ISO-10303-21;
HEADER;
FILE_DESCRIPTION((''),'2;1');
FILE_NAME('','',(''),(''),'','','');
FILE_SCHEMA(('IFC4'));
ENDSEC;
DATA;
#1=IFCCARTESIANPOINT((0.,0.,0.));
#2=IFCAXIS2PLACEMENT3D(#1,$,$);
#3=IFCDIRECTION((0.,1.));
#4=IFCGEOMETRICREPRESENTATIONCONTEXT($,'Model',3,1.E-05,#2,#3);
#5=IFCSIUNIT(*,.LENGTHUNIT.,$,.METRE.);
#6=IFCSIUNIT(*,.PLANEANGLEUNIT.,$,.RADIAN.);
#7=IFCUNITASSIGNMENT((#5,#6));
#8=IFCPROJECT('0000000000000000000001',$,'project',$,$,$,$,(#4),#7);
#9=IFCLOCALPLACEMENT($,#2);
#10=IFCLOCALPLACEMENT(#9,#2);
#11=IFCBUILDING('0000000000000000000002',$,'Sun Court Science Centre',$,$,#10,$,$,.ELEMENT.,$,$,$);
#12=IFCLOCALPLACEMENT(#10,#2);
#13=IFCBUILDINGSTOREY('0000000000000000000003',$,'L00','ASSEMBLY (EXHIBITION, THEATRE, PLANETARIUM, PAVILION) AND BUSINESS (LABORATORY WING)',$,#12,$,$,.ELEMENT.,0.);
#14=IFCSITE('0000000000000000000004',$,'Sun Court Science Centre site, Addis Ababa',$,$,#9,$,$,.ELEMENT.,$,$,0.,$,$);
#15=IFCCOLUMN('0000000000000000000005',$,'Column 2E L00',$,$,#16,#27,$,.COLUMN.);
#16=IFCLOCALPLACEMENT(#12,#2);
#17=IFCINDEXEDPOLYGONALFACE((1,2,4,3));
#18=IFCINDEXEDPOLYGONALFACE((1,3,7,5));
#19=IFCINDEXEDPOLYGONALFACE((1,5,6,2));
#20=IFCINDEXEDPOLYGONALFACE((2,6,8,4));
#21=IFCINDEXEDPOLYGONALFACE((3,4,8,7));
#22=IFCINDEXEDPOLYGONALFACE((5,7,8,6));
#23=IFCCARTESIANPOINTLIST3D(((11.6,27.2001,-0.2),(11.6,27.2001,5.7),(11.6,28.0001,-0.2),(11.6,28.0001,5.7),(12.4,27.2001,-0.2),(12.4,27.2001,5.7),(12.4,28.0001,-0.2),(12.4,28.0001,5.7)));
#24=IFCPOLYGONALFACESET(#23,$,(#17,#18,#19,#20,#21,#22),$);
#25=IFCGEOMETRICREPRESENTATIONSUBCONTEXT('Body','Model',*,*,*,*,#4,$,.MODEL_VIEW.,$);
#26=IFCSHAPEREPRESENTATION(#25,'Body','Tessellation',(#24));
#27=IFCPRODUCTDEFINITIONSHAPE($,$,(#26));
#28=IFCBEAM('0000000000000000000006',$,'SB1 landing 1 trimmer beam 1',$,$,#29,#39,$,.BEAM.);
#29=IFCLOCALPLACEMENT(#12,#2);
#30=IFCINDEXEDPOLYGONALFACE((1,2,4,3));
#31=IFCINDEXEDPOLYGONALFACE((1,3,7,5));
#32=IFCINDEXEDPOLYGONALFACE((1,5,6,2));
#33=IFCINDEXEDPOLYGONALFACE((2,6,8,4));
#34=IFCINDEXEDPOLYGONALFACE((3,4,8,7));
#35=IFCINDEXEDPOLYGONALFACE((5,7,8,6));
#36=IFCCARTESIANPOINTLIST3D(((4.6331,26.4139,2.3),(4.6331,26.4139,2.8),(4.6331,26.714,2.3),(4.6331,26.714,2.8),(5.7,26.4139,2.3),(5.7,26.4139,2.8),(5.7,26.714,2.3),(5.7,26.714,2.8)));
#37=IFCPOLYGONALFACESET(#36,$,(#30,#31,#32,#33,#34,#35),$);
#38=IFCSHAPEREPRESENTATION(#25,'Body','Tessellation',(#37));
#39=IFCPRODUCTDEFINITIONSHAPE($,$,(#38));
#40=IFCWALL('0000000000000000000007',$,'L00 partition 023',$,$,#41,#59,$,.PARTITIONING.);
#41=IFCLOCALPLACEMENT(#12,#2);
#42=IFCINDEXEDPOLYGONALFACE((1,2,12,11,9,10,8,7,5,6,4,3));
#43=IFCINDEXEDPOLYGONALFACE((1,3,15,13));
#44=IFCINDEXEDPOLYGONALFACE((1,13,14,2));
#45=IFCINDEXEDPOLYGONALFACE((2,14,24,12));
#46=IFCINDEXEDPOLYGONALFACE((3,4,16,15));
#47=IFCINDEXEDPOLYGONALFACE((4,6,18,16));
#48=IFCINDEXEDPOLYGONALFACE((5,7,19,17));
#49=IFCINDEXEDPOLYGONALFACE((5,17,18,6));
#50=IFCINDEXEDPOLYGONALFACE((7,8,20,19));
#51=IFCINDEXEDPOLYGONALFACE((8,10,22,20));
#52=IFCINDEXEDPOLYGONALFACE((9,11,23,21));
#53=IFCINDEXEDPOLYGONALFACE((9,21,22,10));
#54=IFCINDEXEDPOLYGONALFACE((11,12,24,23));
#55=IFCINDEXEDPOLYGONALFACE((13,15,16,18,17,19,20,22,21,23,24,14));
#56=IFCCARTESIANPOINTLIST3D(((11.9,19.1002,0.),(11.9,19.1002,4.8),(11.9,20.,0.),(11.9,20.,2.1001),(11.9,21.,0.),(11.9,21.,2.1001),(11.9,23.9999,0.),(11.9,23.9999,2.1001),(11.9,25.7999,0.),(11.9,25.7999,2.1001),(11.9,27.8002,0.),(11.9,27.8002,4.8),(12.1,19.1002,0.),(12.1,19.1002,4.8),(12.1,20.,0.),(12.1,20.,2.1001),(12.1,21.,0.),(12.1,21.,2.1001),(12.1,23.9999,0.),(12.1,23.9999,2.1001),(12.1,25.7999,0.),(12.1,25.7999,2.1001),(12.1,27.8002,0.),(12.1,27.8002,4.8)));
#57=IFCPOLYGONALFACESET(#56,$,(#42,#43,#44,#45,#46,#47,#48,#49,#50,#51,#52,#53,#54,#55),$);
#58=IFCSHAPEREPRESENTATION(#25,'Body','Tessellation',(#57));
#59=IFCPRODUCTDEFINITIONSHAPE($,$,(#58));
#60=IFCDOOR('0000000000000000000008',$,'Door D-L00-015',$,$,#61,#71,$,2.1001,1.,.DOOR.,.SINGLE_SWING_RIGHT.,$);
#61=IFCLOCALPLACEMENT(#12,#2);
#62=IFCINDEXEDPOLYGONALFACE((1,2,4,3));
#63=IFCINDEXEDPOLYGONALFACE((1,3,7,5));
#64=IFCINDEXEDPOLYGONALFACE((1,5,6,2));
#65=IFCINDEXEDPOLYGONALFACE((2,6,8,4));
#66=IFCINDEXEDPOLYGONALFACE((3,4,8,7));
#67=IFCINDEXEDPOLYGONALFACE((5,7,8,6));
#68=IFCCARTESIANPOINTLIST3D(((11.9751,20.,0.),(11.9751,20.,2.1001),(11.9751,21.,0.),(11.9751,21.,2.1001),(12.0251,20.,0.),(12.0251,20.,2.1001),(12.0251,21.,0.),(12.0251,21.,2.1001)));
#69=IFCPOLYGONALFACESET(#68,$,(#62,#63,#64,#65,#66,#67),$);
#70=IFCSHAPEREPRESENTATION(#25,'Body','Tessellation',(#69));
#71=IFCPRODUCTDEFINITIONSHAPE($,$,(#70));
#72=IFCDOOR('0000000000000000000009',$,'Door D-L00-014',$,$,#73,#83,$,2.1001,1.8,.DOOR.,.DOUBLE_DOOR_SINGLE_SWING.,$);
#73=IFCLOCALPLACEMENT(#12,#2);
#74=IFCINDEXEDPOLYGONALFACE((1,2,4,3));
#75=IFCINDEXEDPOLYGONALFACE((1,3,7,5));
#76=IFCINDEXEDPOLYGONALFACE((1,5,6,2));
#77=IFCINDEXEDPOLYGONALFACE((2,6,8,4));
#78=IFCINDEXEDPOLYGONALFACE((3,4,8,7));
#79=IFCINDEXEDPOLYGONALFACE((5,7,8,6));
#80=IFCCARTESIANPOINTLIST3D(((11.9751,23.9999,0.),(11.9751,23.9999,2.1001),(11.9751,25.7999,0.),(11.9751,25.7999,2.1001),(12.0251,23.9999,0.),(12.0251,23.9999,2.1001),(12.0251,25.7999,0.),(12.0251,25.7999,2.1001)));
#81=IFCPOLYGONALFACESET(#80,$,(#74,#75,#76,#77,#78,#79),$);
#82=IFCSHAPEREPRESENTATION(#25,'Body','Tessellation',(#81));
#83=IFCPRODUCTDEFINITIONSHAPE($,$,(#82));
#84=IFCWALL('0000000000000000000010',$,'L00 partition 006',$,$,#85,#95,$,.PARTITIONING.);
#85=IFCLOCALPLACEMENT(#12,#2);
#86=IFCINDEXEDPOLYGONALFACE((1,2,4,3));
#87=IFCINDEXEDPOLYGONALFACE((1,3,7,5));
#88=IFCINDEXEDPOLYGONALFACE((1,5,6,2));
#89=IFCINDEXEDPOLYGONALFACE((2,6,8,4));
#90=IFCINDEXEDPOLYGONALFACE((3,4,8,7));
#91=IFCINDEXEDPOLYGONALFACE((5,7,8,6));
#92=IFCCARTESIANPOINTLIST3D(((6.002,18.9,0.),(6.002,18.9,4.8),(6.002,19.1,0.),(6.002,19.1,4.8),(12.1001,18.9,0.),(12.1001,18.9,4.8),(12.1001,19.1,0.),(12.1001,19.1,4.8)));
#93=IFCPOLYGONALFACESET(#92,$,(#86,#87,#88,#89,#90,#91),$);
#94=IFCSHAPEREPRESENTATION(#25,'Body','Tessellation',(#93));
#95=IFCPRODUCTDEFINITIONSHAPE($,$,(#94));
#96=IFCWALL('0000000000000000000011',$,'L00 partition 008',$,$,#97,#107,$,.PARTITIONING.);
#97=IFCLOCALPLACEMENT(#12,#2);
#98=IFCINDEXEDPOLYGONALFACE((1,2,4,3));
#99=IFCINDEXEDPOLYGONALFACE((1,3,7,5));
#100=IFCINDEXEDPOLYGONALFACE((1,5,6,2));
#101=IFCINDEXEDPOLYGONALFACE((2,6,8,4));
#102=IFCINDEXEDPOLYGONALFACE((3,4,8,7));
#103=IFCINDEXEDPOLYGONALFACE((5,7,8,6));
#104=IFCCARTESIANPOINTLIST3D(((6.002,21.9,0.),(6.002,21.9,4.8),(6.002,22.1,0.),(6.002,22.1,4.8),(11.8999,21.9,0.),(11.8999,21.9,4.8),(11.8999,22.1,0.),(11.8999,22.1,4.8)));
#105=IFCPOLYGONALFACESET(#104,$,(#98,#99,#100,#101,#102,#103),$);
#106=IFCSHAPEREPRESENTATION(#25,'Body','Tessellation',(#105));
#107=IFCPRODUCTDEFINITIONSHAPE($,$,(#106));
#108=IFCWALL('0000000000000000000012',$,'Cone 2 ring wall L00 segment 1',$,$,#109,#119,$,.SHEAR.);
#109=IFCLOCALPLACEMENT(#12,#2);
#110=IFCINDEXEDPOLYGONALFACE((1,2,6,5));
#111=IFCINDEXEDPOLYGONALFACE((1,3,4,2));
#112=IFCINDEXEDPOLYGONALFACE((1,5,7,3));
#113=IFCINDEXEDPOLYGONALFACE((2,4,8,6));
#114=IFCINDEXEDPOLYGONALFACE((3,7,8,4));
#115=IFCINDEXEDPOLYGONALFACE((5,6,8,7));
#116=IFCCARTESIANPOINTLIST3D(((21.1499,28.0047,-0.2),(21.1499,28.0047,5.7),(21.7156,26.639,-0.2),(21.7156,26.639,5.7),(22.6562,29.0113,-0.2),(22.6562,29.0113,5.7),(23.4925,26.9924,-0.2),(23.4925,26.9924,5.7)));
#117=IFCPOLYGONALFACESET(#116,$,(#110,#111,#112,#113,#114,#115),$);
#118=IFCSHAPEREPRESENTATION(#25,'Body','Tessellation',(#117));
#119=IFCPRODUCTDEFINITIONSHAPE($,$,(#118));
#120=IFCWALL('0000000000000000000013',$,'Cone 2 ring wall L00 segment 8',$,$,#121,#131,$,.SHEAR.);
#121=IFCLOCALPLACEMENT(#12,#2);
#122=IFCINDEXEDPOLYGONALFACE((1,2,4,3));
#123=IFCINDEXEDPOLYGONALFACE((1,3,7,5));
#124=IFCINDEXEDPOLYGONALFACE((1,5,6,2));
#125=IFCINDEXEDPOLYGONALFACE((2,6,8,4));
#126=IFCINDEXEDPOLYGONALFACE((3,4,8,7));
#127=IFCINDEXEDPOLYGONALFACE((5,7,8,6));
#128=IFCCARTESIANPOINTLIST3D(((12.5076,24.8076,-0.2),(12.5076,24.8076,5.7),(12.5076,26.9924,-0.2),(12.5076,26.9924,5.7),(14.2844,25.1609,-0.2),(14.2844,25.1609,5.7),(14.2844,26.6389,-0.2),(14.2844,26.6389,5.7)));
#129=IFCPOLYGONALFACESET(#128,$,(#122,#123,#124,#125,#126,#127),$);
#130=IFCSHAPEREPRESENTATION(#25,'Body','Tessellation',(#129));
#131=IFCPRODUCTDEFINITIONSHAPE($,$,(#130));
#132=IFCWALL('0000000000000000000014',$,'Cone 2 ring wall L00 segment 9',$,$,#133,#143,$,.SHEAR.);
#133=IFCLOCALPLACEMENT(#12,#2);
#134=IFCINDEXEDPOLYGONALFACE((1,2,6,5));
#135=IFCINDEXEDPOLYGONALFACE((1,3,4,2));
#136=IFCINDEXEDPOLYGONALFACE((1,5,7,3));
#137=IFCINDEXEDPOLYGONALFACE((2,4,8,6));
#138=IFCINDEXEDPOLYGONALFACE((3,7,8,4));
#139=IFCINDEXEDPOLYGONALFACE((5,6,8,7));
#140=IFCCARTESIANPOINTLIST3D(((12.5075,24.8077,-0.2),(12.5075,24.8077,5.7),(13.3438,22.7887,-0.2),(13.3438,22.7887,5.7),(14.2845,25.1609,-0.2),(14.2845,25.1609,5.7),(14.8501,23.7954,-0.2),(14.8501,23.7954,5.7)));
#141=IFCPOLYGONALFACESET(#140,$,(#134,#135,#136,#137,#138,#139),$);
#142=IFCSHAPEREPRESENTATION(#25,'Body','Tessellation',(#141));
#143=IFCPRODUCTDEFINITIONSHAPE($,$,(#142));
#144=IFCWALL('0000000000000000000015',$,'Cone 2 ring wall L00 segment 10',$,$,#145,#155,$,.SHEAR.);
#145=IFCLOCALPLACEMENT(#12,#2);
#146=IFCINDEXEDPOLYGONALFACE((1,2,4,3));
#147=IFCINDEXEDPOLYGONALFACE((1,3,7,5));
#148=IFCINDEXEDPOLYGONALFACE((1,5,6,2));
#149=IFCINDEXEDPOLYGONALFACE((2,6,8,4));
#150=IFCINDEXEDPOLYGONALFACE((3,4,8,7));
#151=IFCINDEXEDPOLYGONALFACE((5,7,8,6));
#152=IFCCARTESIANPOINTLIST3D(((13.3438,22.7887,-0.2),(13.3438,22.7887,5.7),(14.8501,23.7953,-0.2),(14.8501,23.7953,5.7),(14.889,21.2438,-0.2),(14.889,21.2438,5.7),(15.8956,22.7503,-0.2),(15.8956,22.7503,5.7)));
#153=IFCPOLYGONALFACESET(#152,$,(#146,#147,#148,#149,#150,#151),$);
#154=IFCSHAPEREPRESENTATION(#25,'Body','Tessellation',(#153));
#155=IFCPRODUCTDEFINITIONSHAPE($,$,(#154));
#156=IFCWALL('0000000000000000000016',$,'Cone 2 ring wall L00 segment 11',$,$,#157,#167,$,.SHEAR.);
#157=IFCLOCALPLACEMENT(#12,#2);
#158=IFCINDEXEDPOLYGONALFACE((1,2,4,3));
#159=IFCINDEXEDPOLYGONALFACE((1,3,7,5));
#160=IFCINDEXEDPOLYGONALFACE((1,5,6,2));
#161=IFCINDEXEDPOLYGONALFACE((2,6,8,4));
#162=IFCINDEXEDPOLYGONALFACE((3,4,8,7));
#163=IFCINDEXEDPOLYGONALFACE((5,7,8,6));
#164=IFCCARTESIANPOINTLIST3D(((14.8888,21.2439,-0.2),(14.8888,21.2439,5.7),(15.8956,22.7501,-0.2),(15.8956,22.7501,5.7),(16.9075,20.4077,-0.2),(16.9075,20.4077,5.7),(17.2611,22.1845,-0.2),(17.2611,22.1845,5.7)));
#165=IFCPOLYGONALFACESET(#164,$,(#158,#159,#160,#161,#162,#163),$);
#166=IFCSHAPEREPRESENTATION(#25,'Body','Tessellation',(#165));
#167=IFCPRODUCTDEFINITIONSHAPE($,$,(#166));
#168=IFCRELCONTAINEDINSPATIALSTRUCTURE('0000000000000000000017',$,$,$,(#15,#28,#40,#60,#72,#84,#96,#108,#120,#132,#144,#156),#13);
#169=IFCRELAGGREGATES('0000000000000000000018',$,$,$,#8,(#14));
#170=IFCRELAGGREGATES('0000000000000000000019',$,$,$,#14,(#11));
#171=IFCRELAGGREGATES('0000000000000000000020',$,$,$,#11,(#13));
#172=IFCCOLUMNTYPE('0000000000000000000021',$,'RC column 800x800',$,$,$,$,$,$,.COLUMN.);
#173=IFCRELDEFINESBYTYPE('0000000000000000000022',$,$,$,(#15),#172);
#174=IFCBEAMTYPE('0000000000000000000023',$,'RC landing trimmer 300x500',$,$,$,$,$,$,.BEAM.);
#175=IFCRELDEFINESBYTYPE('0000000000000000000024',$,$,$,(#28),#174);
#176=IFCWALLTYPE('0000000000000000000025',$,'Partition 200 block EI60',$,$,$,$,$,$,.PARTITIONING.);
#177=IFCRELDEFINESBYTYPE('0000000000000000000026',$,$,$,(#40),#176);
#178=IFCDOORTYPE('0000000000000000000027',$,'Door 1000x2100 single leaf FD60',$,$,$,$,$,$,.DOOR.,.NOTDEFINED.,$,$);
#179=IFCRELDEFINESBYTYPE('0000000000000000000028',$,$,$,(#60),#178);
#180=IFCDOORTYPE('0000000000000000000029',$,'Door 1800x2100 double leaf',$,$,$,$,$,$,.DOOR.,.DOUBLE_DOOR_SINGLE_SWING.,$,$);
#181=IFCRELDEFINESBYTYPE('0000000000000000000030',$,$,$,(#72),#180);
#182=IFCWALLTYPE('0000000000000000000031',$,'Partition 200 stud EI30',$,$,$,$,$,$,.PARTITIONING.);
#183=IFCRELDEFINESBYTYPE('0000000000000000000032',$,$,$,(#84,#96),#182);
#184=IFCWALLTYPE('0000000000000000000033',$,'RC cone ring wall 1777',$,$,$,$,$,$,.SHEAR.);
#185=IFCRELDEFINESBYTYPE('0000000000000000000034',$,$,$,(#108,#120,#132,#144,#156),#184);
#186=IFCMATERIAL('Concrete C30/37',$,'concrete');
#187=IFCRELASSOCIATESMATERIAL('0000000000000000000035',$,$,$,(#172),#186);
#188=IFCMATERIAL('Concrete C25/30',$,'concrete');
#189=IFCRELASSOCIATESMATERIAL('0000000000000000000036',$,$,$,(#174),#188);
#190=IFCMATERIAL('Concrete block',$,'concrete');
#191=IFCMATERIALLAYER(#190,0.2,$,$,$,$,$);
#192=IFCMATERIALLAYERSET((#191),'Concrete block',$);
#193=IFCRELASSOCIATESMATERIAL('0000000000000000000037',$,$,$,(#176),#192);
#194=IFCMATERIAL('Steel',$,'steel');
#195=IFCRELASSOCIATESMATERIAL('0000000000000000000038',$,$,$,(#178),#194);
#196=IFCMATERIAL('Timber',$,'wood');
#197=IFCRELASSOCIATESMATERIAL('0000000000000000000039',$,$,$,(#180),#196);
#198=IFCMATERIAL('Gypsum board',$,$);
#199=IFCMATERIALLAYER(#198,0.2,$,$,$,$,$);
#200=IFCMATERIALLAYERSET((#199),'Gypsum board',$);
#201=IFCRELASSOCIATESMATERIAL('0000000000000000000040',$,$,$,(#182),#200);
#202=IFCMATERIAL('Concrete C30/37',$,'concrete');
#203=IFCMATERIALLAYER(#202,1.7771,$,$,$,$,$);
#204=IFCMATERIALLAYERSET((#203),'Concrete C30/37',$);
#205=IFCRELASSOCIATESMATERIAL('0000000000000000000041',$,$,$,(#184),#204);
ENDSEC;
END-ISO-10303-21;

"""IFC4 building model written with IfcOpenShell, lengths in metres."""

from ifc_helpers import new_model, si_unit, direction, frame, frame_2d, origin, origin_2d, place, context, subcontext, project, spatial, polyline, rectangle, outline, extrude, material, layer, layer_set, material_profile, profile_set, type_object, element, fill, save


model = new_model("IFC4")

# Units and contexts
model_context = context("Model", 3, precision=1e-05, world=origin(), true_north=direction((0.0, 1.0)))
body_context = subcontext(model_context, "Body", "Model", "MODEL_VIEW")
ifc_project = project(units=[si_unit("LENGTHUNIT", "METRE"), si_unit("PLANEANGLEUNIT", "RADIAN")], contexts=[model_context])

# Site, building, storey
site_placement = place(None, origin())
site = spatial("IfcSite", under=ifc_project, at=site_placement, Name="Sun Court Science Centre site, Addis Ababa", CompositionType="ELEMENT", RefElevation=0.0)
building_placement = place(site_placement, origin())
building = spatial("IfcBuilding", under=site, at=building_placement, Name="Sun Court Science Centre", CompositionType="ELEMENT")
storey_placement = place(building_placement, origin())
storey = spatial("IfcBuildingStorey", under=building, at=storey_placement, Name="L00", Description="ASSEMBLY (EXHIBITION, THEATRE, PLANETARIUM, PAVILION) AND BUSINESS (LABORATORY WING)", CompositionType="ELEMENT", Elevation=0.0)

# Column
ifc_material_1 = material(Name="Concrete C30/37", Category="concrete")
ifc_material_profile_1 = material_profile(ifc_material_1, rectangle(XDim=0.8, YDim=0.8, at=origin_2d()), Name="RC 800x800")
ifc_profile_set_1 = profile_set([ifc_material_profile_1], Name="Concrete C30/37")
column_type = type_object("IfcColumnType", Name="RC column 800x800", PredefinedType="COLUMN", material=ifc_profile_set_1)
column_placement = place(storey_placement, frame((12.0, 27.6001, -0.2), z_axis=(0.0, 0.0, 1.0), x_axis=(1.0, 0.0, 0.0)))
element("IfcColumn", 1, at=column_placement, inside=storey, type_object=column_type, Name="Column 2E L00", PredefinedType="COLUMN", context=body_context, shape_type="SweptSolid", body=[
    extrude(rectangle(XDim=0.8, YDim=0.8, at=origin_2d()), origin(), (0.0, 0.0, 1.0), 5.8999),
])

# Beam
ifc_material_2 = material(Name="Concrete C25/30", Category="concrete")
ifc_material_profile_2 = material_profile(ifc_material_2, rectangle(XDim=0.3, YDim=0.5, at=origin_2d()), Name="RC 300x500")
ifc_profile_set_2 = profile_set([ifc_material_profile_2], Name="Concrete C25/30")
beam_type = type_object("IfcBeamType", Name="RC landing trimmer 300x500", PredefinedType="BEAM", material=ifc_profile_set_2)
beam_placement = place(storey_placement, frame((5.7, 26.564, 2.55), z_axis=(-1.0, 0.0, 0.0), x_axis=(0.0, -1.0, 0.0)))
element("IfcBeam", 2, at=beam_placement, inside=storey, type_object=beam_type, Name="SB1 landing 1 trimmer beam 1", PredefinedType="BEAM", context=body_context, shape_type="SweptSolid", body=[
    extrude(rectangle(XDim=0.3, YDim=0.5, at=origin_2d()), origin(), (0.0, 0.0, 1.0), 1.0669),
])

# Wall, openings, doors
ifc_material_3 = material(Name="Concrete block", Category="concrete")
ifc_layer_1 = layer(ifc_material_3, 0.2)
ifc_layer_set_1 = layer_set([ifc_layer_1], Name="Concrete block")
wall_type_1 = type_object("IfcWallType", Name="Partition 200 block EI60", PredefinedType="PARTITIONING", material=ifc_layer_set_1)
wall_1_placement = place(storey_placement, frame((12.0, 19.1001, 0.0), z_axis=(0.0, 0.0, 1.0), x_axis=(0.0, 1.0, 0.0)))
wall_1 = element("IfcWall", 3, at=wall_1_placement, inside=storey, type_object=wall_type_1, Name="L00 partition 023", PredefinedType="PARTITIONING", context=body_context, shape_type="SweptSolid", body=[
    extrude(rectangle(XDim=8.7, YDim=0.2, at=frame_2d((4.3501, 0.0))), origin(), (0.0, 0.0, 1.0), 4.8),
])
opening_1_placement = place(wall_1_placement, frame((4.8999, 0.0, 0.0)))
opening_1 = element("IfcOpeningElement", 4, at=opening_1_placement, cuts=wall_1, PredefinedType="OPENING", context=body_context, shape_type="SweptSolid", body=[
    extrude(rectangle(XDim=1.8, YDim=2.1001, at=frame_2d((0.8999, 1.05))), frame((0.0, 0.1099, 0.0), z_axis=(0.0, -1.0, 0.0), x_axis=(1.0, 0.0, 0.0)), (0.0, 0.0, 1.0), 0.22),
])
opening_2_placement = place(wall_1_placement, frame((0.8999, 0.0, 0.0)))
opening_2 = element("IfcOpeningElement", 5, at=opening_2_placement, cuts=wall_1, PredefinedType="OPENING", context=body_context, shape_type="SweptSolid", body=[
    extrude(rectangle(XDim=1.0, YDim=2.1001, at=frame_2d((0.5, 1.05))), frame((0.0, 0.1099, 0.0), z_axis=(0.0, -1.0, 0.0), x_axis=(1.0, 0.0, 0.0)), (0.0, 0.0, 1.0), 0.22),
])
ifc_material_4 = material(Name="Steel", Category="steel")
door_type_1 = type_object("IfcDoorType", Name="Door 1000x2100 single leaf FD60", OperationType="NOTDEFINED", PredefinedType="DOOR", material=ifc_material_4)
door_1_placement = place(opening_2_placement, origin())
door_1 = element("IfcDoor", 6, at=door_1_placement, inside=storey, type_object=door_type_1, Name="Door D-L00-015", OperationType="SINGLE_SWING_RIGHT", OverallHeight=2.1001, OverallWidth=1.0, PredefinedType="DOOR", context=body_context, shape_type="SweptSolid", body=[
    extrude(rectangle(XDim=1.0, YDim=2.1001, at=frame_2d((0.5, 1.05))), frame((0.0, 0.0249, 0.0), z_axis=(0.0, -1.0, 0.0), x_axis=(1.0, 0.0, 0.0)), (0.0, 0.0, 1.0), 0.05),
])
fill(opening_2, door_1)
ifc_material_5 = material(Name="Timber", Category="wood")
door_type_2 = type_object("IfcDoorType", Name="Door 1800x2100 double leaf", OperationType="DOUBLE_DOOR_SINGLE_SWING", PredefinedType="DOOR", material=ifc_material_5)
door_2_placement = place(opening_1_placement, origin())
door_2 = element("IfcDoor", 7, at=door_2_placement, inside=storey, type_object=door_type_2, Name="Door D-L00-014", OperationType="DOUBLE_DOOR_SINGLE_SWING", OverallHeight=2.1001, OverallWidth=1.8, PredefinedType="DOOR", context=body_context, shape_type="SweptSolid", body=[
    extrude(rectangle(XDim=1.8, YDim=2.1001, at=frame_2d((0.8999, 1.05))), frame((0.0, 0.0249, 0.0), z_axis=(0.0, -1.0, 0.0), x_axis=(1.0, 0.0, 0.0)), (0.0, 0.0, 1.0), 0.05),
])
fill(opening_1, door_2)

# Walls
ifc_material_6 = material(Name="Gypsum board")
ifc_layer_2 = layer(ifc_material_6, 0.2)
ifc_layer_set_2 = layer_set([ifc_layer_2], Name="Gypsum board")
wall_type_2 = type_object("IfcWallType", Name="Partition 200 stud EI30", PredefinedType="PARTITIONING", material=ifc_layer_set_2)
wall_2_placement = place(storey_placement, frame((6.002, 19.0, 0.0), z_axis=(0.0, 0.0, 1.0), x_axis=(1.0, 0.0, 0.0)))
element("IfcWall", 8, at=wall_2_placement, inside=storey, type_object=wall_type_2, Name="L00 partition 006", PredefinedType="PARTITIONING", context=body_context, shape_type="SweptSolid", body=[
    extrude(rectangle(XDim=6.0981, YDim=0.2, at=frame_2d((3.0491, 0.0))), origin(), (0.0, 0.0, 1.0), 4.8),
])
wall_3_placement = place(storey_placement, frame((6.002, 22.0, 0.0), z_axis=(0.0, 0.0, 1.0), x_axis=(1.0, 0.0, 0.0)))
element("IfcWall", 9, at=wall_3_placement, inside=storey, type_object=wall_type_2, Name="L00 partition 008", PredefinedType="PARTITIONING", context=body_context, shape_type="SweptSolid", body=[
    extrude(rectangle(XDim=5.8979, YDim=0.2, at=frame_2d((2.949, 0.0))), origin(), (0.0, 0.0, 1.0), 4.8),
])
ifc_material_7 = material(Name="Concrete C30/37", Category="concrete")
ifc_layer_3 = layer(ifc_material_7, 1.7771)
ifc_layer_set_3 = layer_set([ifc_layer_3], Name="Concrete C30/37")
wall_type_3 = type_object("IfcWallType", Name="RC cone ring wall 1777", PredefinedType="SHEAR", material=ifc_layer_set_3)
wall_4_placement = place(storey_placement, frame((22.6716, 26.6526, -0.2), z_axis=(0.0, 0.0, 1.0), x_axis=(-0.38271, 0.923868, 0.0)))
element("IfcWall", 10, at=wall_4_placement, inside=storey, type_object=wall_type_3, Name="Cone 2 ring wall L00 segment 1", PredefinedType="SHEAR", context=body_context, shape_type="SweptSolid", body=[
    extrude(outline(polyline([(-0.0002, -0.8884), (2.1851, -0.8884), (1.8315, 0.8884), (0.3533, 0.8884), (-0.0002, -0.8884)])), origin(), (0.0, 0.0, 1.0), 5.8999),
])
wall_5_placement = place(storey_placement, frame((13.396, 26.9924, -0.2), z_axis=(0.0, 0.0, 1.0), x_axis=(0.0, -1.0, 0.0)))
element("IfcWall", 11, at=wall_5_placement, inside=storey, type_object=wall_type_3, Name="Cone 2 ring wall L00 segment 8", PredefinedType="SHEAR", context=body_context, shape_type="SweptSolid", body=[
    extrude(outline(polyline([(0.0, -0.8884), (2.1848, -0.8884), (1.8315, 0.8884), (0.3535, 0.8884), (0.0, -0.8884)])), origin(), (0.0, 0.0, 1.0), 5.8999),
])
wall_6_placement = place(storey_placement, frame((13.3284, 25.1475, -0.2), z_axis=(0.0, 0.0, 1.0), x_axis=(0.38271, -0.923868, 0.0)))
element("IfcWall", 12, at=wall_6_placement, inside=storey, type_object=wall_type_3, Name="Cone 2 ring wall L00 segment 9", PredefinedType="SHEAR", context=body_context, shape_type="SweptSolid", body=[
    extrude(outline(polyline([(-0.0002, -0.8884), (2.1851, -0.8884), (1.8315, 0.8884), (0.3535, 0.8884), (-0.0002, -0.8884)])), origin(), (0.0, 0.0, 1.0), 5.8999),
])
wall_7_placement = place(storey_placement, frame((13.9719, 23.417, -0.2), z_axis=(0.0, 0.0, 1.0), x_axis=(0.707163, -0.707051, 0.0)))
element("IfcWall", 13, at=wall_7_placement, inside=storey, type_object=wall_type_3, Name="Cone 2 ring wall L00 segment 10", PredefinedType="SHEAR", context=body_context, shape_type="SweptSolid", body=[
    extrude(outline(polyline([(0.0, -0.8884), (2.1851, -0.8884), (1.8318, 0.8887), (0.3535, 0.8884), (0.0, -0.8884)])), origin(), (0.0, 0.0, 1.0), 5.8999),
])
wall_8_placement = place(storey_placement, frame((15.2288, 22.0647, -0.2), z_axis=(0.0, 0.0, 1.0), x_axis=(0.923885, -0.382671, 0.0)))
element("IfcWall", 14, at=wall_8_placement, inside=storey, type_object=wall_type_3, Name="Cone 2 ring wall L00 segment 11", PredefinedType="SHEAR", context=body_context, shape_type="SweptSolid", body=[
    extrude(outline(polyline([(0.0, -0.8884), (2.1851, -0.8884), (1.8318, 0.8884), (0.3538, 0.8884), (0.0, -0.8884)])), origin(), (0.0, 0.0, 1.0), 5.8999),
])

save(model, "model.ifc")
